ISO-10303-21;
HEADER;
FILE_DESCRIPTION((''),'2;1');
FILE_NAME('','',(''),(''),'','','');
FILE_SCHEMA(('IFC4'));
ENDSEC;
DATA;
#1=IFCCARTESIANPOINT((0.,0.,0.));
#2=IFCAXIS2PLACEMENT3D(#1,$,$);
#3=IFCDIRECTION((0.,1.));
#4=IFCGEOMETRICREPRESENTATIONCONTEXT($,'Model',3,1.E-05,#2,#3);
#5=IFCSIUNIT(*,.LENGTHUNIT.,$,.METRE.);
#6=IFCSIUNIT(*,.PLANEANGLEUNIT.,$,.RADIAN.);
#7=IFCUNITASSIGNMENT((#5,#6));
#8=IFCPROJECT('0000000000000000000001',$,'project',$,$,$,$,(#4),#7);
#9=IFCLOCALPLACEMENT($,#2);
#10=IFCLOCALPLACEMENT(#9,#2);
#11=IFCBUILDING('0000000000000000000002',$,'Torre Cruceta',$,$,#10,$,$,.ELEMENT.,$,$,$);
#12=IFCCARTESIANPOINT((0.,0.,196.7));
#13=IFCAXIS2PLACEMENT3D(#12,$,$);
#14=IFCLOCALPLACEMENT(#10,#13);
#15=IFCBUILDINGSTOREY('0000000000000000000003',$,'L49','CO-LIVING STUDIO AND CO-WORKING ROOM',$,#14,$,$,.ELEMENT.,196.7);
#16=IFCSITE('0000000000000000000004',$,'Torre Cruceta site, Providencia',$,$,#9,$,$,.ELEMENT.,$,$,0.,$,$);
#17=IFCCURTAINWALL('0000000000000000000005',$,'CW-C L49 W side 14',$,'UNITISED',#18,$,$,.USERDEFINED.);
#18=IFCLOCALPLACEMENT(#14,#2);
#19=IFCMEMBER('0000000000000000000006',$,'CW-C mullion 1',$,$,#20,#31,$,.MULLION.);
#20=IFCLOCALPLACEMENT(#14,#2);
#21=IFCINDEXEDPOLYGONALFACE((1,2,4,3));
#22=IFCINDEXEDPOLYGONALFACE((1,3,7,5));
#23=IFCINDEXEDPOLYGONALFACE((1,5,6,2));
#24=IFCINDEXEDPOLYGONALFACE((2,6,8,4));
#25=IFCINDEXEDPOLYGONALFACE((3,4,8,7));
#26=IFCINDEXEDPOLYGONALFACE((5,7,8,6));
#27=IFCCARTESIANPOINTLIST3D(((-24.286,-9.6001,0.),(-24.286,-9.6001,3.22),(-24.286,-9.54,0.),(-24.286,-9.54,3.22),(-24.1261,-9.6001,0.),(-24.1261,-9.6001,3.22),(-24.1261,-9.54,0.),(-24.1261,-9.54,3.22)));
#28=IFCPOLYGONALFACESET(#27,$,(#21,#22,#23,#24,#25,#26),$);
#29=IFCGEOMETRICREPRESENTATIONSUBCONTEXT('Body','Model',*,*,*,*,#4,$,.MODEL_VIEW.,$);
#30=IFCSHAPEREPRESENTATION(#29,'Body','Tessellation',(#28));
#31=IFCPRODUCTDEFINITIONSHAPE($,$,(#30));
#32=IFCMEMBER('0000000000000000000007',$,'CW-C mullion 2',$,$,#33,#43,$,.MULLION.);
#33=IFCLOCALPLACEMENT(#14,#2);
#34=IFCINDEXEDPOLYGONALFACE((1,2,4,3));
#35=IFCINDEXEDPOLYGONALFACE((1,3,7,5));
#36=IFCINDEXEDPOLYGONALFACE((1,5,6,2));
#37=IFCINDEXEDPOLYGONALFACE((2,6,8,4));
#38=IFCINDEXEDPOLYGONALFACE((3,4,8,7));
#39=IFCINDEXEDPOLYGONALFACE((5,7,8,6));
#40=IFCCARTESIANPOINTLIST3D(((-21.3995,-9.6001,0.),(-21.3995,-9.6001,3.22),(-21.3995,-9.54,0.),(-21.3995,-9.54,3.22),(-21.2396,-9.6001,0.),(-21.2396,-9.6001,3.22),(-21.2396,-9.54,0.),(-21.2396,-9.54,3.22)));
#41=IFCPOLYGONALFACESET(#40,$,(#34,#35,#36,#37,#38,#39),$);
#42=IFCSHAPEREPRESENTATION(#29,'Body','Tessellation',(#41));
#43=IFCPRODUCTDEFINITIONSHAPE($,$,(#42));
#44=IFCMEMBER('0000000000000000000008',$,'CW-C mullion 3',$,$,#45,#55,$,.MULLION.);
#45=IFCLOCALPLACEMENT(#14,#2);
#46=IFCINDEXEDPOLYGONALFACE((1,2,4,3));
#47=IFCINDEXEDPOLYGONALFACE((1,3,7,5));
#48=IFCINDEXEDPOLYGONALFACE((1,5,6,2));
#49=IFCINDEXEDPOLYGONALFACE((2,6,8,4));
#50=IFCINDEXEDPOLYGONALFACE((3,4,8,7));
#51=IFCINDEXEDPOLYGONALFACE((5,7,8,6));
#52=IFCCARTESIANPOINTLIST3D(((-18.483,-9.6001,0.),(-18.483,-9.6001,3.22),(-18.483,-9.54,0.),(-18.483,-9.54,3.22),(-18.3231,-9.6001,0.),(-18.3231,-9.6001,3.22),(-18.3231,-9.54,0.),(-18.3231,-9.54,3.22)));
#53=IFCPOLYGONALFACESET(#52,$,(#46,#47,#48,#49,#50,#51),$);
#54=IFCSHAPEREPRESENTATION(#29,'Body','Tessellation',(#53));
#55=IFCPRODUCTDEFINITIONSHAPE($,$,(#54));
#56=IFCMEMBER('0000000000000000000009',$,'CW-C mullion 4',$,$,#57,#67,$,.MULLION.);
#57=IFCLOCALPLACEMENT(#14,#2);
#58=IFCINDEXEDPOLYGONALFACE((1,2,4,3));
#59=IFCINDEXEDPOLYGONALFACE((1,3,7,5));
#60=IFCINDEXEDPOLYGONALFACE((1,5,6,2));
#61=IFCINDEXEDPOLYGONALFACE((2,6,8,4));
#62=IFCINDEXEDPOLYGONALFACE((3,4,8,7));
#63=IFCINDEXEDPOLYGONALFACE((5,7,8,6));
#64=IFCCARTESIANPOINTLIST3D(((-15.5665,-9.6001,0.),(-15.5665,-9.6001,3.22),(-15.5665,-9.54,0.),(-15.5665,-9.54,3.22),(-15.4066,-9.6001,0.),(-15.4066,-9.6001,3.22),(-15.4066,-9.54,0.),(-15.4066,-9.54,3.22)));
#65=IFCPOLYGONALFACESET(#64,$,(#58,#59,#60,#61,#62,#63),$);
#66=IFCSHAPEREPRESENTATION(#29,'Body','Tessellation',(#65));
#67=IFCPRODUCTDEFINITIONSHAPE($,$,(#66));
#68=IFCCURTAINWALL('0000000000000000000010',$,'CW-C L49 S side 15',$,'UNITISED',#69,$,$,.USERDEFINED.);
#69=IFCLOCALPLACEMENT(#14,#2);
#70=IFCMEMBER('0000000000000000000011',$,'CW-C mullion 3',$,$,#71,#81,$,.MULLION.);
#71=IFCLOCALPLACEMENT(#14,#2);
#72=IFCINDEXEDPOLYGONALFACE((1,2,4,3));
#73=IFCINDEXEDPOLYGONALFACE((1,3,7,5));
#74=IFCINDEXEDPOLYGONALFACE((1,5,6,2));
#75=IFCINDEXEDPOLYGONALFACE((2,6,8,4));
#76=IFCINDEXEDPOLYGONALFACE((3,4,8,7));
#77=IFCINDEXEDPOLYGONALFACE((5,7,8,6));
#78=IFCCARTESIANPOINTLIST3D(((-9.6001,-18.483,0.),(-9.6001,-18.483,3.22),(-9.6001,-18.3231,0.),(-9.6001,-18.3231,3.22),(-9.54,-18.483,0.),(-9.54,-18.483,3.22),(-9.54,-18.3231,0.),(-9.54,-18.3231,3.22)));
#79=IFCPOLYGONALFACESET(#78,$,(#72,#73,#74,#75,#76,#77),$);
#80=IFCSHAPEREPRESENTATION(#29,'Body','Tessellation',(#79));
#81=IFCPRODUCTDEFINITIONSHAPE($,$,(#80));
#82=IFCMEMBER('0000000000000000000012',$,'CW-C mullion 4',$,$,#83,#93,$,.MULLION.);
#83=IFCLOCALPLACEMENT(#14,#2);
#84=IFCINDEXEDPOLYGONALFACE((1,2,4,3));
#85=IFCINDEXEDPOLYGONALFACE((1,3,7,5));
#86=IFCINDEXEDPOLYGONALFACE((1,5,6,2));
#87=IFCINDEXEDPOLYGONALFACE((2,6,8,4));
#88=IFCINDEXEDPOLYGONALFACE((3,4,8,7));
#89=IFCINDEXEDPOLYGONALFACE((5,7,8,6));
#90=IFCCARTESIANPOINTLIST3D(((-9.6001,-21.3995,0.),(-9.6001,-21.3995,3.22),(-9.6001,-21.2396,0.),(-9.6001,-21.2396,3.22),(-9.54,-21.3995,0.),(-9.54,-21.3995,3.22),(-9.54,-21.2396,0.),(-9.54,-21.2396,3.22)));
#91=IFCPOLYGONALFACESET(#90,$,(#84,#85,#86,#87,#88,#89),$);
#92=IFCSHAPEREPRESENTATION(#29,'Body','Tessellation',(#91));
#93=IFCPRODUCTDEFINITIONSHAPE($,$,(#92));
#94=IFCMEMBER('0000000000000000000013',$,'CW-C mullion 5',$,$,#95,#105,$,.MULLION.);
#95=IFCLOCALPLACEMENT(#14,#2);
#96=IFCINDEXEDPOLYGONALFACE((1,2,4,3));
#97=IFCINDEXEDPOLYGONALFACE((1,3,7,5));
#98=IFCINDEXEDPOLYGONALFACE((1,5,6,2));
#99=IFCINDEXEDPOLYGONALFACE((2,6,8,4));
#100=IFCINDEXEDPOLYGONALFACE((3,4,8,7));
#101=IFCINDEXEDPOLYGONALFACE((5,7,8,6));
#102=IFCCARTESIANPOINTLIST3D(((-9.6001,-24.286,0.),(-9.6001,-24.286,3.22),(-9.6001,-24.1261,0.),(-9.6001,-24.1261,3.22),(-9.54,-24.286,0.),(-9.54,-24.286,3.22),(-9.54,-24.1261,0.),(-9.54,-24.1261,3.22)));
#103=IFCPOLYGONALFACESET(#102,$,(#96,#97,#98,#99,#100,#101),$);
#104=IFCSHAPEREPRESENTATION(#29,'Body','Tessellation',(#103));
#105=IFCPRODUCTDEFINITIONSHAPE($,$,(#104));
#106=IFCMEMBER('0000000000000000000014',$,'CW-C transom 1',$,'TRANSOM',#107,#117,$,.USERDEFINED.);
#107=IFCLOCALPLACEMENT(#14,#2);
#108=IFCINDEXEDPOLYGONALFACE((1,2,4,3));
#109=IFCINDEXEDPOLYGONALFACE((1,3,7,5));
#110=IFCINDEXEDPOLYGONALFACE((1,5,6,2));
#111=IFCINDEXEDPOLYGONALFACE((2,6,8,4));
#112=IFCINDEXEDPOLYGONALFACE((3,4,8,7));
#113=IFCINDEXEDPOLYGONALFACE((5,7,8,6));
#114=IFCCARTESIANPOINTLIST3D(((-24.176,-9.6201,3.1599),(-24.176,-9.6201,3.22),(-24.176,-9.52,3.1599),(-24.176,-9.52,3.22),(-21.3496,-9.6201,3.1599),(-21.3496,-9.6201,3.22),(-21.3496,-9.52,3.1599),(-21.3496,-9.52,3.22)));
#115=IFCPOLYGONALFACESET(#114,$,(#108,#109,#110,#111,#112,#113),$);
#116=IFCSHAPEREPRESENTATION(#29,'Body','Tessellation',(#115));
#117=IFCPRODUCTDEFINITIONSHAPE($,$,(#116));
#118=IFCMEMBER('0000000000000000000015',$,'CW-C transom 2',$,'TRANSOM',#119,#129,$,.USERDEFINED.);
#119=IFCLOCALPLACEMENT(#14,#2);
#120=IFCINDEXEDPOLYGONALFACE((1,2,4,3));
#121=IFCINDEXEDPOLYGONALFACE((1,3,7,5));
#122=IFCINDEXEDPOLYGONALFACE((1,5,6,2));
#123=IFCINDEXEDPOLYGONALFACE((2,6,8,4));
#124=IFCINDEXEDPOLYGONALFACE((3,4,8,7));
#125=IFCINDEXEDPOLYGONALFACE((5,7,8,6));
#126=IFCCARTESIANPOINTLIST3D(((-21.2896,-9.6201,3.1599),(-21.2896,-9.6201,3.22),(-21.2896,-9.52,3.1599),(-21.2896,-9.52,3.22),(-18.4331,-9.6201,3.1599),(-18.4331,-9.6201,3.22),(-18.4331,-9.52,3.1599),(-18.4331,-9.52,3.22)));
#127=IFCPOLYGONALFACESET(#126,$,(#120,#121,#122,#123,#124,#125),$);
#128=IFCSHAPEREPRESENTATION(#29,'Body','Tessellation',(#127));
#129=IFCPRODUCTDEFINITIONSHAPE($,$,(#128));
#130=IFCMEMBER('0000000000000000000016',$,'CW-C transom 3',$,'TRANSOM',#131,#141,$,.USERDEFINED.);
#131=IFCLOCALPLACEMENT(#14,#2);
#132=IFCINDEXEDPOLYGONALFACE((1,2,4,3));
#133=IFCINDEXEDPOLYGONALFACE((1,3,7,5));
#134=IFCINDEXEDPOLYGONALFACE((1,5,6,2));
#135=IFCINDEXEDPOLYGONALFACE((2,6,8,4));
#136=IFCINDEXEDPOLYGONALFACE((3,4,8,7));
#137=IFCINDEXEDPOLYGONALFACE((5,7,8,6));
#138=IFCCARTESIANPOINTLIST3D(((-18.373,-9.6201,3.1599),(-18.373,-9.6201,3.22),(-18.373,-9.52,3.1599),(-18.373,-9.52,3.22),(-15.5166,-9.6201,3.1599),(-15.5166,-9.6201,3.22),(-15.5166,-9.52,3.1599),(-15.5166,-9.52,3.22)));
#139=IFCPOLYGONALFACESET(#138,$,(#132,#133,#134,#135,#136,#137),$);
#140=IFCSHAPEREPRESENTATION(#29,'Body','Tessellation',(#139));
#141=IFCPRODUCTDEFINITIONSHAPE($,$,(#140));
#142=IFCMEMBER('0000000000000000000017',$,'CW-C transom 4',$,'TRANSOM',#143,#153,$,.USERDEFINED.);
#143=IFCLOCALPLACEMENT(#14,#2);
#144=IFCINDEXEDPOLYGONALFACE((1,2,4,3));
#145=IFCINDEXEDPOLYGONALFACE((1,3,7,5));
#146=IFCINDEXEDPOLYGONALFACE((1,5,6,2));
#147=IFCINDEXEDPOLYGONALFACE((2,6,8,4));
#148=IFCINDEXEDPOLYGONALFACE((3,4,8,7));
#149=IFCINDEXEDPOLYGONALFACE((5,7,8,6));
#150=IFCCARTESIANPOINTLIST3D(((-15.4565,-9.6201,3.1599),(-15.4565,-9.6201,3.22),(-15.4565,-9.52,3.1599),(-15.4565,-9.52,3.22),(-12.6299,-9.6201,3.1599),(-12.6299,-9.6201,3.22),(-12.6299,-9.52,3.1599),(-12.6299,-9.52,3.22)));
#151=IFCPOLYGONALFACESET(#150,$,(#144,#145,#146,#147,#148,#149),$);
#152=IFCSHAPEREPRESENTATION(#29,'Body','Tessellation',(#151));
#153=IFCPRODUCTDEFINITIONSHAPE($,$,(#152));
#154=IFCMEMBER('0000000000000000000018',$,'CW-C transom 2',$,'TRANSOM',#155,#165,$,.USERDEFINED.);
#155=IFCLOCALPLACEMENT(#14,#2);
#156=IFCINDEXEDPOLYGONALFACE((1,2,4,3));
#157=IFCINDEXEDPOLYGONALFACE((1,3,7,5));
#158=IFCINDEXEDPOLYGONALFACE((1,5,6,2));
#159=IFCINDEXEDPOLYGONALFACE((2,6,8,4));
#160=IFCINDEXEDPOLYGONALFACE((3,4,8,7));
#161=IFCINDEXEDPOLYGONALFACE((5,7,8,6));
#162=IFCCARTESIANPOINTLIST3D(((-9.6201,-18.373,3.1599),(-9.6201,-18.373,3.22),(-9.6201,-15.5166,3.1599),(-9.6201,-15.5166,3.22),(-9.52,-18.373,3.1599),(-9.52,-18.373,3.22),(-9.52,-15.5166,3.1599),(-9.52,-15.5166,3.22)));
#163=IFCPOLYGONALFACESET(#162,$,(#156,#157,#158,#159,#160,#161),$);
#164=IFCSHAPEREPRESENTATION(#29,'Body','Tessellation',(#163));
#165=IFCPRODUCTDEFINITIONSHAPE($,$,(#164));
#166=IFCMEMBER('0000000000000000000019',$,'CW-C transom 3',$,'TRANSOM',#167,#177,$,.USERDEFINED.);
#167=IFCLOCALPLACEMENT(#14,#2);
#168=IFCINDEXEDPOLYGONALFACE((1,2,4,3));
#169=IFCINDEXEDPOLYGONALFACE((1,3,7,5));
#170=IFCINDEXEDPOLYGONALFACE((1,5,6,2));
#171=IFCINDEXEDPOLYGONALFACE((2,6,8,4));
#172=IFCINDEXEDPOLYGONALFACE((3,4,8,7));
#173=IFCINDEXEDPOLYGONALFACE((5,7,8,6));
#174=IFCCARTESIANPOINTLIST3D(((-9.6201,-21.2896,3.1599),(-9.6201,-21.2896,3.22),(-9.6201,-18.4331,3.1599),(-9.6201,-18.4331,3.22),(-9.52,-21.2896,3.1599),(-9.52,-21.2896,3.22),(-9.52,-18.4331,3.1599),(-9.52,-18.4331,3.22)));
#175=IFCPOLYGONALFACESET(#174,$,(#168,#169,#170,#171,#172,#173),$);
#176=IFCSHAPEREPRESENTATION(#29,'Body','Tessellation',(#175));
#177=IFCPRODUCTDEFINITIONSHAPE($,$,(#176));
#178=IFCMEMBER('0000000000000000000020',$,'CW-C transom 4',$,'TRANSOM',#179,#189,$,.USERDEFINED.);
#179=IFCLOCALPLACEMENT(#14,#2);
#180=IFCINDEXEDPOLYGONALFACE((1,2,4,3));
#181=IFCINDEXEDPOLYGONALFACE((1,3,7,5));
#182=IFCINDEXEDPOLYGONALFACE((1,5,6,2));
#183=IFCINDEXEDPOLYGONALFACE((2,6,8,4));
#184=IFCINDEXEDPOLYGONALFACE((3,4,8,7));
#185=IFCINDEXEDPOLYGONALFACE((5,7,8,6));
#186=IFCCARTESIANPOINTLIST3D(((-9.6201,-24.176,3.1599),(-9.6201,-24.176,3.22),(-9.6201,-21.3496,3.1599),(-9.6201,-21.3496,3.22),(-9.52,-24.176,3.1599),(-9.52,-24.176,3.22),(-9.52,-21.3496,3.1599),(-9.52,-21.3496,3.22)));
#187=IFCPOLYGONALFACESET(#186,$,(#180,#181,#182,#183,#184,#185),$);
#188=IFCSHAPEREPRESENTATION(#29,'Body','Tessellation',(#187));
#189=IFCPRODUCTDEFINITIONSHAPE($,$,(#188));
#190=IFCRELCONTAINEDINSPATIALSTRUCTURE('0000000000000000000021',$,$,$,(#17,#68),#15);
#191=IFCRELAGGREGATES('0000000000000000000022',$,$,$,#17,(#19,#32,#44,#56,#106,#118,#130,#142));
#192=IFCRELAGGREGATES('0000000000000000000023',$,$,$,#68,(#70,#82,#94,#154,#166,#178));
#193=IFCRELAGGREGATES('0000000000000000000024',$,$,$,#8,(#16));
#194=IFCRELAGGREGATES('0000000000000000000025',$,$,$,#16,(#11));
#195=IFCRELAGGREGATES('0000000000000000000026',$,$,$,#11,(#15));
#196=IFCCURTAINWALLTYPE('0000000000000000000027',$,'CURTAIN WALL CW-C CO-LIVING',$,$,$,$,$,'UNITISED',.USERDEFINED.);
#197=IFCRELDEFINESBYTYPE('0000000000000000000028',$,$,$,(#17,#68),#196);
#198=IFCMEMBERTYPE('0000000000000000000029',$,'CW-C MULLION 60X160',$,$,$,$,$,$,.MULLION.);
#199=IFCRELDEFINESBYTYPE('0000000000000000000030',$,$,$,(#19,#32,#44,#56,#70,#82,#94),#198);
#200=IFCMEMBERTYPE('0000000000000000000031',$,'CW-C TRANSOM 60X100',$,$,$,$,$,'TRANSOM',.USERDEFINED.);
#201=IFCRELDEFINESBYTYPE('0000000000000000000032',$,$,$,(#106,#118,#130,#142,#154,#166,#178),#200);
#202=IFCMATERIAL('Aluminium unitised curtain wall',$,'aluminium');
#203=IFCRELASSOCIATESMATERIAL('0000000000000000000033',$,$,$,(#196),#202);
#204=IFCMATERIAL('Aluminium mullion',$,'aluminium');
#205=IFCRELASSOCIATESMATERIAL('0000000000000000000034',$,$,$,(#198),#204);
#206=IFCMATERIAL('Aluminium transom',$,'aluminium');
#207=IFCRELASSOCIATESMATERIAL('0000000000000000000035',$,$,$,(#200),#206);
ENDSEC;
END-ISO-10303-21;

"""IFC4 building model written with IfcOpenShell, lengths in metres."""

from ifc_helpers import new_model, si_unit, direction, frame, origin, origin_2d, place, context, subcontext, project, spatial, rectangle, extrude, material, material_profile, profile_set, type_object, element, aggregate, save


model = new_model("IFC4")

# Units and contexts
model_context = context("Model", 3, precision=1e-05, world=origin(), true_north=direction((0.0, 1.0)))
body_context = subcontext(model_context, "Body", "Model", "MODEL_VIEW")
ifc_project = project(units=[si_unit("LENGTHUNIT", "METRE"), si_unit("PLANEANGLEUNIT", "RADIAN")], contexts=[model_context])

# Site, building, storey
site_placement = place(None, origin())
site = spatial("IfcSite", under=ifc_project, at=site_placement, Name="Torre Cruceta site, Providencia", CompositionType="ELEMENT", RefElevation=0.0)
building_placement = place(site_placement, origin())
building = spatial("IfcBuilding", under=site, at=building_placement, Name="Torre Cruceta", CompositionType="ELEMENT")
storey_placement = place(building_placement, frame((0.0, 0.0, 196.7)))
storey = spatial("IfcBuildingStorey", under=building, at=storey_placement, Name="L49", Description="CO-LIVING STUDIO AND CO-WORKING ROOM", CompositionType="ELEMENT", Elevation=196.7)

# Curtain walls, members
ifc_material_1 = material(Name="Aluminium unitised curtain wall", Category="aluminium")
curtain_wall_type = type_object("IfcCurtainWallType", Name="CURTAIN WALL CW-C CO-LIVING", ElementType="UNITISED", PredefinedType="USERDEFINED", material=ifc_material_1)
curtain_wall_1_placement = place(storey_placement, origin())
curtain_wall_1 = element("IfcCurtainWall", 1, at=curtain_wall_1_placement, inside=storey, type_object=curtain_wall_type, Name="CW-C L49 W side 14", ObjectType="UNITISED", PredefinedType="USERDEFINED")
ifc_material_2 = material(Name="Aluminium mullion", Category="aluminium")
ifc_material_profile_1 = material_profile(ifc_material_2, rectangle(XDim=0.0601, YDim=0.1599, at=origin_2d()), Name="AL 60X160")
ifc_profile_set_1 = profile_set([ifc_material_profile_1], Name="Aluminium mullion")
member_type_1 = type_object("IfcMemberType", Name="CW-C MULLION 60X160", PredefinedType="MULLION", material=ifc_profile_set_1)
member_1_placement = place(storey_placement, frame((-24.2061, -9.5701, 0.0), z_axis=(0.0, 0.0, 1.0), x_axis=(0.0, 1.0, 0.0)))
member_1 = element("IfcMember", 2, at=member_1_placement, type_object=member_type_1, Name="CW-C mullion 1", PredefinedType="MULLION", context=body_context, shape_type="SweptSolid", body=[
    extrude(rectangle(XDim=0.0601, YDim=0.1599, at=origin_2d()), origin(), (0.0, 0.0, 1.0), 3.22),
])
member_2_placement = place(storey_placement, frame((-21.3196, -9.5701, 0.0), z_axis=(0.0, 0.0, 1.0), x_axis=(0.0, 1.0, 0.0)))
member_2 = element("IfcMember", 3, at=member_2_placement, type_object=member_type_1, Name="CW-C mullion 2", PredefinedType="MULLION", context=body_context, shape_type="SweptSolid", body=[
    extrude(rectangle(XDim=0.0601, YDim=0.1599, at=origin_2d()), origin(), (0.0, 0.0, 1.0), 3.22),
])
member_3_placement = place(storey_placement, frame((-18.4031, -9.5701, 0.0), z_axis=(0.0, 0.0, 1.0), x_axis=(0.0, 1.0, 0.0)))
member_3 = element("IfcMember", 4, at=member_3_placement, type_object=member_type_1, Name="CW-C mullion 3", PredefinedType="MULLION", context=body_context, shape_type="SweptSolid", body=[
    extrude(rectangle(XDim=0.0601, YDim=0.1599, at=origin_2d()), origin(), (0.0, 0.0, 1.0), 3.22),
])
member_4_placement = place(storey_placement, frame((-15.4866, -9.5701, 0.0), z_axis=(0.0, 0.0, 1.0), x_axis=(0.0, 1.0, 0.0)))
member_4 = element("IfcMember", 5, at=member_4_placement, type_object=member_type_1, Name="CW-C mullion 4", PredefinedType="MULLION", context=body_context, shape_type="SweptSolid", body=[
    extrude(rectangle(XDim=0.0601, YDim=0.1599, at=origin_2d()), origin(), (0.0, 0.0, 1.0), 3.22),
])
curtain_wall_2_placement = place(storey_placement, origin())
curtain_wall_2 = element("IfcCurtainWall", 6, at=curtain_wall_2_placement, inside=storey, type_object=curtain_wall_type, Name="CW-C L49 S side 15", ObjectType="UNITISED", PredefinedType="USERDEFINED")
member_5_placement = place(storey_placement, frame((-9.5701, -18.4031, 0.0), z_axis=(0.0, 0.0, 1.0), x_axis=(1.0, 0.0, 0.0)))
member_5 = element("IfcMember", 7, at=member_5_placement, type_object=member_type_1, Name="CW-C mullion 3", PredefinedType="MULLION", context=body_context, shape_type="SweptSolid", body=[
    extrude(rectangle(XDim=0.0601, YDim=0.1599, at=origin_2d()), origin(), (0.0, 0.0, 1.0), 3.22),
])
member_6_placement = place(storey_placement, frame((-9.5701, -21.3196, 0.0), z_axis=(0.0, 0.0, 1.0), x_axis=(1.0, 0.0, 0.0)))
member_6 = element("IfcMember", 8, at=member_6_placement, type_object=member_type_1, Name="CW-C mullion 4", PredefinedType="MULLION", context=body_context, shape_type="SweptSolid", body=[
    extrude(rectangle(XDim=0.0601, YDim=0.1599, at=origin_2d()), origin(), (0.0, 0.0, 1.0), 3.22),
])
member_7_placement = place(storey_placement, frame((-9.5701, -24.2061, 0.0), z_axis=(0.0, 0.0, 1.0), x_axis=(1.0, 0.0, 0.0)))
member_7 = element("IfcMember", 9, at=member_7_placement, type_object=member_type_1, Name="CW-C mullion 5", PredefinedType="MULLION", context=body_context, shape_type="SweptSolid", body=[
    extrude(rectangle(XDim=0.0601, YDim=0.1599, at=origin_2d()), origin(), (0.0, 0.0, 1.0), 3.22),
])

# Members
ifc_material_3 = material(Name="Aluminium transom", Category="aluminium")
ifc_material_profile_2 = material_profile(ifc_material_3, rectangle(XDim=0.1001, YDim=0.0601, at=origin_2d()), Name="AL 100X60")
ifc_profile_set_2 = profile_set([ifc_material_profile_2], Name="Aluminium transom")
member_type_2 = type_object("IfcMemberType", Name="CW-C TRANSOM 60X100", ElementType="TRANSOM", PredefinedType="USERDEFINED", material=ifc_profile_set_2)
member_8_placement = place(storey_placement, frame((-24.176, -9.5701, 3.1899), z_axis=(1.0, 0.0, 0.0), x_axis=(0.0, 1.0, 0.0)))
member_8 = element("IfcMember", 10, at=member_8_placement, type_object=member_type_2, Name="CW-C transom 1", ObjectType="TRANSOM", PredefinedType="USERDEFINED", context=body_context, shape_type="SweptSolid", body=[
    extrude(rectangle(XDim=0.1001, YDim=0.0601, at=origin_2d()), origin(), (0.0, 0.0, 1.0), 2.8264),
])
member_9_placement = place(storey_placement, frame((-21.2896, -9.5701, 3.1899), z_axis=(1.0, 0.0, 0.0), x_axis=(0.0, 1.0, 0.0)))
member_9 = element("IfcMember", 11, at=member_9_placement, type_object=member_type_2, Name="CW-C transom 2", ObjectType="TRANSOM", PredefinedType="USERDEFINED", context=body_context, shape_type="SweptSolid", body=[
    extrude(rectangle(XDim=0.1001, YDim=0.0601, at=origin_2d()), origin(), (0.0, 0.0, 1.0), 2.8564),
])
member_10_placement = place(storey_placement, frame((-18.373, -9.5701, 3.1899), z_axis=(1.0, 0.0, 0.0), x_axis=(0.0, 1.0, 0.0)))
member_10 = element("IfcMember", 12, at=member_10_placement, type_object=member_type_2, Name="CW-C transom 3", ObjectType="TRANSOM", PredefinedType="USERDEFINED", context=body_context, shape_type="SweptSolid", body=[
    extrude(rectangle(XDim=0.1001, YDim=0.0601, at=origin_2d()), origin(), (0.0, 0.0, 1.0), 2.8564),
])
member_11_placement = place(storey_placement, frame((-15.4565, -9.5701, 3.1899), z_axis=(1.0, 0.0, 0.0), x_axis=(0.0, 1.0, 0.0)))
member_11 = element("IfcMember", 13, at=member_11_placement, type_object=member_type_2, Name="CW-C transom 4", ObjectType="TRANSOM", PredefinedType="USERDEFINED", context=body_context, shape_type="SweptSolid", body=[
    extrude(rectangle(XDim=0.1001, YDim=0.0601, at=origin_2d()), origin(), (0.0, 0.0, 1.0), 2.8267),
])
member_12_placement = place(storey_placement, frame((-9.5701, -15.5166, 3.1899), z_axis=(0.0, -1.0, 0.0), x_axis=(1.0, 0.0, 0.0)))
member_12 = element("IfcMember", 14, at=member_12_placement, type_object=member_type_2, Name="CW-C transom 2", ObjectType="TRANSOM", PredefinedType="USERDEFINED", context=body_context, shape_type="SweptSolid", body=[
    extrude(rectangle(XDim=0.1001, YDim=0.0601, at=origin_2d()), origin(), (0.0, 0.0, 1.0), 2.8564),
])
member_13_placement = place(storey_placement, frame((-9.5701, -18.4331, 3.1899), z_axis=(0.0, -1.0, 0.0), x_axis=(1.0, 0.0, 0.0)))
member_13 = element("IfcMember", 15, at=member_13_placement, type_object=member_type_2, Name="CW-C transom 3", ObjectType="TRANSOM", PredefinedType="USERDEFINED", context=body_context, shape_type="SweptSolid", body=[
    extrude(rectangle(XDim=0.1001, YDim=0.0601, at=origin_2d()), origin(), (0.0, 0.0, 1.0), 2.8564),
])
member_14_placement = place(storey_placement, frame((-9.5701, -21.3496, 3.1899), z_axis=(0.0, -1.0, 0.0), x_axis=(1.0, 0.0, 0.0)))
member_14 = element("IfcMember", 16, at=member_14_placement, type_object=member_type_2, Name="CW-C transom 4", ObjectType="TRANSOM", PredefinedType="USERDEFINED", context=body_context, shape_type="SweptSolid", body=[
    extrude(rectangle(XDim=0.1001, YDim=0.0601, at=origin_2d()), origin(), (0.0, 0.0, 1.0), 2.8264),
])

aggregate(curtain_wall_1, [member_1, member_2, member_3, member_4, member_8, member_9, member_10, member_11])
aggregate(curtain_wall_2, [member_5, member_6, member_7, member_12, member_13, member_14])

save(model, "model.ifc")
